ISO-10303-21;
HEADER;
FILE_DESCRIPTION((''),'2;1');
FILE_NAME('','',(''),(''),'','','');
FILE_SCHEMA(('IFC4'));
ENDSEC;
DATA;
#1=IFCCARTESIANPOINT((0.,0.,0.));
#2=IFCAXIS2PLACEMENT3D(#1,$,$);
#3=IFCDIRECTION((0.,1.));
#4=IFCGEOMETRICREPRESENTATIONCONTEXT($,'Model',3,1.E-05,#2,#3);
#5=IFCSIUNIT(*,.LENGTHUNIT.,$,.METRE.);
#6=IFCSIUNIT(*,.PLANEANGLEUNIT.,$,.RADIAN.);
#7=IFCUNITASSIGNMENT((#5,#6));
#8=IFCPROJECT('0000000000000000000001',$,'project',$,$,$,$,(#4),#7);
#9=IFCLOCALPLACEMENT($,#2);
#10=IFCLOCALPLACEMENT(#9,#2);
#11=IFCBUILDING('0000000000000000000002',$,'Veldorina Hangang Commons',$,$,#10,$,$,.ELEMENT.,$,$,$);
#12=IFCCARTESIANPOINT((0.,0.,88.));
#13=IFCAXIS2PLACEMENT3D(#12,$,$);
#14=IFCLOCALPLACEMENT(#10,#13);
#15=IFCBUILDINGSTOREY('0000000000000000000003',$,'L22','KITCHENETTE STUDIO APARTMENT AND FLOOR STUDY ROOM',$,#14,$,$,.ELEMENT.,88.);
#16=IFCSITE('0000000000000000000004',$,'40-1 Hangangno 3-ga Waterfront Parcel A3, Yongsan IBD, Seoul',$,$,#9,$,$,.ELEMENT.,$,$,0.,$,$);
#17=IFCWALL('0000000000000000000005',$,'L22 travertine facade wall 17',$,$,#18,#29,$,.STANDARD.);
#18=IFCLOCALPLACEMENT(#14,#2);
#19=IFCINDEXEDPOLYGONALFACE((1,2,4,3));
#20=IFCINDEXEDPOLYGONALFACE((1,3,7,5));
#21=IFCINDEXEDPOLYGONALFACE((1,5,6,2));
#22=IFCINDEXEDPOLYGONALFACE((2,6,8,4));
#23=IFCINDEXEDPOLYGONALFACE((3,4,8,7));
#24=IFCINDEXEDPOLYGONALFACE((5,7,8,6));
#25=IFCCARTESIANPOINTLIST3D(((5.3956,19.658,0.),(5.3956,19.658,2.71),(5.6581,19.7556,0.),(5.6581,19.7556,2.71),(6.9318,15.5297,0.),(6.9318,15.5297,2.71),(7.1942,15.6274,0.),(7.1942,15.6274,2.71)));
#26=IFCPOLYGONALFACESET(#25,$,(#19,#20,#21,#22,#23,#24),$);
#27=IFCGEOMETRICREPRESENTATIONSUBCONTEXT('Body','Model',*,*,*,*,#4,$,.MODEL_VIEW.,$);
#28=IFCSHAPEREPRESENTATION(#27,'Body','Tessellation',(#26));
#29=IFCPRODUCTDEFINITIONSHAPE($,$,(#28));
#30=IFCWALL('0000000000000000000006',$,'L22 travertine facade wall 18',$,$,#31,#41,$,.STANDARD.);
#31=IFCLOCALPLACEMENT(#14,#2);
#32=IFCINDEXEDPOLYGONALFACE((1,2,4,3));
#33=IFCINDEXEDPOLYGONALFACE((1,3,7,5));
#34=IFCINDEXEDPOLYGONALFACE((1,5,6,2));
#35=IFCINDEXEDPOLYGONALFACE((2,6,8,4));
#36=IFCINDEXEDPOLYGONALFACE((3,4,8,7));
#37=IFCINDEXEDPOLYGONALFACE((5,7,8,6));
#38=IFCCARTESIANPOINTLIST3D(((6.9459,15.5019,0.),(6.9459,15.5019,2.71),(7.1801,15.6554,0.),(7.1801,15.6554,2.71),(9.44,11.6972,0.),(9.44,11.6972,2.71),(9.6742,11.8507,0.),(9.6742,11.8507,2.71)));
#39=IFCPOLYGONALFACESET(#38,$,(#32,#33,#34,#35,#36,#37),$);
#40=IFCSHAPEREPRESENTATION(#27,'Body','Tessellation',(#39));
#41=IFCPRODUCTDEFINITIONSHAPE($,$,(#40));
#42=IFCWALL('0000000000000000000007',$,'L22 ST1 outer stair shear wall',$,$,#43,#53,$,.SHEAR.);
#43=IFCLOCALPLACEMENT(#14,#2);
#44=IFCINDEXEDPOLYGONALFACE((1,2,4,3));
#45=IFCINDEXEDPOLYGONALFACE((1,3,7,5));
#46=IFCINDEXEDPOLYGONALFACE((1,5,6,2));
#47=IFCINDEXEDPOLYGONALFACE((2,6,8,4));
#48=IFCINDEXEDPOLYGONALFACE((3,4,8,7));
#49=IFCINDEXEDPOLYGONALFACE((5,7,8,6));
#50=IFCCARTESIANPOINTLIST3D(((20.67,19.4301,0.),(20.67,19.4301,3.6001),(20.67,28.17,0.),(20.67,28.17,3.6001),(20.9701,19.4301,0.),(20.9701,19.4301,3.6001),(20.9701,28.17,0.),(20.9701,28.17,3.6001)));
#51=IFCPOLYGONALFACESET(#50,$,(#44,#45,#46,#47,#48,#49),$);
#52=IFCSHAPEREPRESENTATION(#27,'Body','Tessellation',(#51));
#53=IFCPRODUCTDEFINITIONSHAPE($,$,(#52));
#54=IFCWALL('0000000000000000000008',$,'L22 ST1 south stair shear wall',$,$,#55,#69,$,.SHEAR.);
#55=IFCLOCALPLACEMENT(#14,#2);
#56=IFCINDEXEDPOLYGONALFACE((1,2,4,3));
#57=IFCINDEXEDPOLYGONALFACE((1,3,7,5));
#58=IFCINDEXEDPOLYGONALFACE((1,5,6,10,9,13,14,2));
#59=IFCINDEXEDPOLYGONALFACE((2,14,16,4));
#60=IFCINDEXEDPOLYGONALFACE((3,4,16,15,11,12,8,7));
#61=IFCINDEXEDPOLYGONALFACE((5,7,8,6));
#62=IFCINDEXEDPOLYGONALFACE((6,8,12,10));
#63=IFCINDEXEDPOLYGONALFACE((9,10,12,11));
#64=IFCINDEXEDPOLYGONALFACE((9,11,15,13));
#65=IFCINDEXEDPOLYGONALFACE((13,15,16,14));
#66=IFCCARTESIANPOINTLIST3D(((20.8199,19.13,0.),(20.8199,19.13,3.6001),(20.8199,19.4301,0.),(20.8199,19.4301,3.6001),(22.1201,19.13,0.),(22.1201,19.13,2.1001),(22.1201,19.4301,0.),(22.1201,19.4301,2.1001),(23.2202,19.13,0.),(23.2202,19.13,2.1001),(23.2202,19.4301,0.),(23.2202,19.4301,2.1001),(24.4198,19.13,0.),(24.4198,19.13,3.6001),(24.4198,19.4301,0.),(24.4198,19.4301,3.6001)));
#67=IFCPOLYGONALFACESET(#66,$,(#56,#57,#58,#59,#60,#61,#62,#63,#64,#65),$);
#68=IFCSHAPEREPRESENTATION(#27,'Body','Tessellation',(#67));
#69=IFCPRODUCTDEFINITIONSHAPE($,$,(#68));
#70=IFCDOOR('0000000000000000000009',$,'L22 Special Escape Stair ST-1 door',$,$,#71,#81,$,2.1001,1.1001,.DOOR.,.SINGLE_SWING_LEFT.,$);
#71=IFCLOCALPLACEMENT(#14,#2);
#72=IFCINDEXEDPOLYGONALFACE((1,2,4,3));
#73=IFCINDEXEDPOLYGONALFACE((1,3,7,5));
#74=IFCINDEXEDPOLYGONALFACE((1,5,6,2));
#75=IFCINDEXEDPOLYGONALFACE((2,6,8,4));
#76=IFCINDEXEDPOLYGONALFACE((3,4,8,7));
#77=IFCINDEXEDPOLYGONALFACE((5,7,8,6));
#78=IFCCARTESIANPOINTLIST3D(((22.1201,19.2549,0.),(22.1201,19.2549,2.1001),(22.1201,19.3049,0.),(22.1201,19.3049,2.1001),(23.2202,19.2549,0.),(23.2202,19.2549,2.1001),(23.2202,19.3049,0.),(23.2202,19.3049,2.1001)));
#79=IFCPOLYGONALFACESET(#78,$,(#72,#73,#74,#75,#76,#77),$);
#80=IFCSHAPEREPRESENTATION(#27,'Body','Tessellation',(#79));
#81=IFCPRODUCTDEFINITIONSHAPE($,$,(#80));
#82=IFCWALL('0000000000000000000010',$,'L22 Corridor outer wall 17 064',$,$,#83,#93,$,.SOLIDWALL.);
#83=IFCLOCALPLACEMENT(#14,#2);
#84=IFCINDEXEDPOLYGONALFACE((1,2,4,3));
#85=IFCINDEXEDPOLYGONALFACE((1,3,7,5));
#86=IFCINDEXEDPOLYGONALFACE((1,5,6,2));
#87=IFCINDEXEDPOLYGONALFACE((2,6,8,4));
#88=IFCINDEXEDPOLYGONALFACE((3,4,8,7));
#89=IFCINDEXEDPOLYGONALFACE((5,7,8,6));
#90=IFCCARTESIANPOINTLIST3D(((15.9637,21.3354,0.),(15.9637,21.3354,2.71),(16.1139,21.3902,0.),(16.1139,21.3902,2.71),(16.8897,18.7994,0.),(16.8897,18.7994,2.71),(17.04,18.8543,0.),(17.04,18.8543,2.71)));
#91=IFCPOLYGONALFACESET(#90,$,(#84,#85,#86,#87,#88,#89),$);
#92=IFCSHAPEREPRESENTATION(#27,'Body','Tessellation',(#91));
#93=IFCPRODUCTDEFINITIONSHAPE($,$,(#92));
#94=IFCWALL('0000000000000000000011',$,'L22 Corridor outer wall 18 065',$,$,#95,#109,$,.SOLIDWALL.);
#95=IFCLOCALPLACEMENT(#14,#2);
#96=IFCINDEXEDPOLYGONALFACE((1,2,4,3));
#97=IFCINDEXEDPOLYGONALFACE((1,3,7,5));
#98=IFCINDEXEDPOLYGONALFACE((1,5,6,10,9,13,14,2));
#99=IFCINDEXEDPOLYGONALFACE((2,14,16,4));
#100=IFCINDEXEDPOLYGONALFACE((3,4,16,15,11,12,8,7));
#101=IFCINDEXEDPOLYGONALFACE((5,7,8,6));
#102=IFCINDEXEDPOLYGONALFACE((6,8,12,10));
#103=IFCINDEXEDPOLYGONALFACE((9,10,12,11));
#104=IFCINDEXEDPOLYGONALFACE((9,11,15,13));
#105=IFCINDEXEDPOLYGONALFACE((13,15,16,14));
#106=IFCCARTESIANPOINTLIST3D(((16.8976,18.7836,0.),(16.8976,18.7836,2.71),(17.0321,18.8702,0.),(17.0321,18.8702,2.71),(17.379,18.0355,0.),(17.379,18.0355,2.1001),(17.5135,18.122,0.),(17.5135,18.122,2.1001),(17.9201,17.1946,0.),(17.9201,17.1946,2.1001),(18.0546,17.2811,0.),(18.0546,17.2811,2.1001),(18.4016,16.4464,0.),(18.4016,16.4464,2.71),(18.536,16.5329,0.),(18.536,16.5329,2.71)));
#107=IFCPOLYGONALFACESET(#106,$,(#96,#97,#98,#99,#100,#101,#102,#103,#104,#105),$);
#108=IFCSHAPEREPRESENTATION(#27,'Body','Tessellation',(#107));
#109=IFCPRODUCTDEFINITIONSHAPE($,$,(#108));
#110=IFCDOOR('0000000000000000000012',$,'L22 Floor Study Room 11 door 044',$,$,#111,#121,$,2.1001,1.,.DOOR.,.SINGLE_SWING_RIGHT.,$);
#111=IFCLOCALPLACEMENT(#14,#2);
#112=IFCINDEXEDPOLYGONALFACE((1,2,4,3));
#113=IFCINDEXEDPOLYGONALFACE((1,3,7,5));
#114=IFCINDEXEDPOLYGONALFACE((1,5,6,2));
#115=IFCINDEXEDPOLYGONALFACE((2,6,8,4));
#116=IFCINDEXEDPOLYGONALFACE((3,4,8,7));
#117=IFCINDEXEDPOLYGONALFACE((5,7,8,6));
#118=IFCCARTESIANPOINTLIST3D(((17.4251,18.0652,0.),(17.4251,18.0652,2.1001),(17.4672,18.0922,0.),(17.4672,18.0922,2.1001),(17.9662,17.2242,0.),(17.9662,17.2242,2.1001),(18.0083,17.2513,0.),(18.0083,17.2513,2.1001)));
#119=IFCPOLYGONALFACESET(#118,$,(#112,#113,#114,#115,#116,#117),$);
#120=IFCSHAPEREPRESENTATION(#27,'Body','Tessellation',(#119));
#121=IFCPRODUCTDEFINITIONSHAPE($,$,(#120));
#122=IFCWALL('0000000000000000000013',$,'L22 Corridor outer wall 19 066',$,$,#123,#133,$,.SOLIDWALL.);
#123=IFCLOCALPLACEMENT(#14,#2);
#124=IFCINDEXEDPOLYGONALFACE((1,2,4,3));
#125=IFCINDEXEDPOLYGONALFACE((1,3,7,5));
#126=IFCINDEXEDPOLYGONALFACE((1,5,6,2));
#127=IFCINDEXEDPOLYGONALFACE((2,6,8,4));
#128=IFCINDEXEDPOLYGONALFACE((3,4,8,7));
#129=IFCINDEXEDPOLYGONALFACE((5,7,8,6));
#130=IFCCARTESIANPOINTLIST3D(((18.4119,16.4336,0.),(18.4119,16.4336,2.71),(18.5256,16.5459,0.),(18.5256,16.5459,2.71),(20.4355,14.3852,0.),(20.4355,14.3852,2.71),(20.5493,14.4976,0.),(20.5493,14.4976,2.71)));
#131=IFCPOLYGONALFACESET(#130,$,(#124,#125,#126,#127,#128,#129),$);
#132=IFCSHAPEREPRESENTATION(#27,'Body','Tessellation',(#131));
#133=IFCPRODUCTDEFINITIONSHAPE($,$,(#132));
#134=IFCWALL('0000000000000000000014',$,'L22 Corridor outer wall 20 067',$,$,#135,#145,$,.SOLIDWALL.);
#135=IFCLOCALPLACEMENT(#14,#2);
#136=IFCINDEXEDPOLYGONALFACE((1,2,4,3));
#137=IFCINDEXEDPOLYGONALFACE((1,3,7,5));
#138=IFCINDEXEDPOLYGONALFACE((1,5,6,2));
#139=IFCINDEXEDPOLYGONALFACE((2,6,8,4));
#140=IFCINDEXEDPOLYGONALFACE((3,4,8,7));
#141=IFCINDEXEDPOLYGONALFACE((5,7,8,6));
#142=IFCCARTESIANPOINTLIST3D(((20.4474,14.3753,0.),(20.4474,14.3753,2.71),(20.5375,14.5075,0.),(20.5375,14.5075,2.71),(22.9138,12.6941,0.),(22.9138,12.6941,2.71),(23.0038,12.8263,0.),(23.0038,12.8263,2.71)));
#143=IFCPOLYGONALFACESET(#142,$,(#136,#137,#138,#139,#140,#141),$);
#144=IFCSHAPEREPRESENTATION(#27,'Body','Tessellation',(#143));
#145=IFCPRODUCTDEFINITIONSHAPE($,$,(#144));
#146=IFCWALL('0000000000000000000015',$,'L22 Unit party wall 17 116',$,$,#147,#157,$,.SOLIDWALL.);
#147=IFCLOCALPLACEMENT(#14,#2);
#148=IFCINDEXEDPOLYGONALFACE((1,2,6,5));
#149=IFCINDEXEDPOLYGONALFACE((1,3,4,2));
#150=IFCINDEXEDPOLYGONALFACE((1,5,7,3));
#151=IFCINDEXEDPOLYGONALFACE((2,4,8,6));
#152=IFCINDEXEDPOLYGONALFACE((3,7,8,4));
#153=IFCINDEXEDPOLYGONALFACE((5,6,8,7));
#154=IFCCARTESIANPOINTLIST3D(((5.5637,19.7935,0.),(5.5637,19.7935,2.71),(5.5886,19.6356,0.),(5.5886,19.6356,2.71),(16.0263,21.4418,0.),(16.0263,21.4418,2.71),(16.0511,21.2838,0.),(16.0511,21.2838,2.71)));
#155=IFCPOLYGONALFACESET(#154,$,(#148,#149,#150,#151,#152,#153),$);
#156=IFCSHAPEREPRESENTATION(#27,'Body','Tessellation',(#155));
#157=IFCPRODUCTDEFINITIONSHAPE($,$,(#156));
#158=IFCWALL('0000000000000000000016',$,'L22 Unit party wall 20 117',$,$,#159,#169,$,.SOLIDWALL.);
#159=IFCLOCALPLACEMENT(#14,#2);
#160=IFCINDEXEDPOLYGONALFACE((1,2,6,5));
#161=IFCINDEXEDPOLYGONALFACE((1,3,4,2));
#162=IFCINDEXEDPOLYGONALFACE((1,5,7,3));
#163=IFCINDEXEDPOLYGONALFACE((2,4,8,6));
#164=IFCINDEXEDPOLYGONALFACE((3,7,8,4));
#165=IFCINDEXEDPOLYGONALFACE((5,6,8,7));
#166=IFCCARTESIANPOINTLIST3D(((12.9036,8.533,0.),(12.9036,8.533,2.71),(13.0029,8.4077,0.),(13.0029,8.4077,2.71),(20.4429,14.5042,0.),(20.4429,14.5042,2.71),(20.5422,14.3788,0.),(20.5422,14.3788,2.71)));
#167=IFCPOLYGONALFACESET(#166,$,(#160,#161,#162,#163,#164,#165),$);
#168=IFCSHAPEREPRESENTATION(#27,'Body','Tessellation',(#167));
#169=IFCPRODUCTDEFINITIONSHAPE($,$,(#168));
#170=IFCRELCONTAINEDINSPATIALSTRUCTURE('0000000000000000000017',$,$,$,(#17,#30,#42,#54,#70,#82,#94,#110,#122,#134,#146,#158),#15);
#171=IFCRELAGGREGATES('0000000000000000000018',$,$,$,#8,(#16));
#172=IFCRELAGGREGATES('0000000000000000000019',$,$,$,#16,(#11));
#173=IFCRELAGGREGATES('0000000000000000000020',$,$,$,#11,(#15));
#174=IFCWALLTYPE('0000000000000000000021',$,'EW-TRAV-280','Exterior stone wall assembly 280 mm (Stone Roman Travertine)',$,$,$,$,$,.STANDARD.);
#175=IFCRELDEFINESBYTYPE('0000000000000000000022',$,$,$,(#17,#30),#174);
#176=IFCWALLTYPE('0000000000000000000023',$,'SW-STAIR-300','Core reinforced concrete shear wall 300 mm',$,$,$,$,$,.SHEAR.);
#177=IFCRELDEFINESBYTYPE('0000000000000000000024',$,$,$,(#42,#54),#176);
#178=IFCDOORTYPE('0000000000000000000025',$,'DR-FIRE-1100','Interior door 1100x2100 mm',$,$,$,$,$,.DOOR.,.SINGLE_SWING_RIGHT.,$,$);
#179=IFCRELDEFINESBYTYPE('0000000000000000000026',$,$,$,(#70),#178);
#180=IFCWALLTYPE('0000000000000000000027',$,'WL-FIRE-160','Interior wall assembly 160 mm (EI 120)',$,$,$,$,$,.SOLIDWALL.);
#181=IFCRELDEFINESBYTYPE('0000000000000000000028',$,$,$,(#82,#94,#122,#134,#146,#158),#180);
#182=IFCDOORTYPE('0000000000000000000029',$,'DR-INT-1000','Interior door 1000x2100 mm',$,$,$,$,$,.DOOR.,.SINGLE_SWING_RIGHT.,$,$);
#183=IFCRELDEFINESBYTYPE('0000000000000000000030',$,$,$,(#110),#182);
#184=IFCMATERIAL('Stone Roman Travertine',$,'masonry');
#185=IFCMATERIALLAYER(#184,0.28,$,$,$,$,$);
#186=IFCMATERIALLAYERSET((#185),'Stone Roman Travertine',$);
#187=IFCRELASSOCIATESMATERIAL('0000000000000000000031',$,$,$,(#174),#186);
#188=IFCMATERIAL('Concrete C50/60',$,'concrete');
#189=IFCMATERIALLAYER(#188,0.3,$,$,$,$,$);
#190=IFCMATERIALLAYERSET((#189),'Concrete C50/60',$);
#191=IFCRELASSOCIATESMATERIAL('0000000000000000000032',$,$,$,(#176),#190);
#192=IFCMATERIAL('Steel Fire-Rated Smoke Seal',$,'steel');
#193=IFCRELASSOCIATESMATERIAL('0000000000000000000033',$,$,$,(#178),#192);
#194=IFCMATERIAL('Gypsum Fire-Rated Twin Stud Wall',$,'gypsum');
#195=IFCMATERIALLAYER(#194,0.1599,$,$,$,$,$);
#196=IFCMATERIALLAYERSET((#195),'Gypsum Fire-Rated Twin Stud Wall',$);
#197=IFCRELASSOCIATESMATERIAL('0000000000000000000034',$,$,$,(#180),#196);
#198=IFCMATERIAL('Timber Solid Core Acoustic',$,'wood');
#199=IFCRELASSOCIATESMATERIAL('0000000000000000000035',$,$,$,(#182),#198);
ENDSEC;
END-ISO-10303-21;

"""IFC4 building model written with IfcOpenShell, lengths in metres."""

from ifc_helpers import new_model, si_unit, direction, frame, frame_2d, origin, place, context, subcontext, project, spatial, rectangle, extrude, material, layer, layer_set, type_object, element, fill, save


model = new_model("IFC4")

# Units and contexts
model_context = context("Model", 3, precision=1e-05, world=origin(), true_north=direction((0.0, 1.0)))
body_context = subcontext(model_context, "Body", "Model", "MODEL_VIEW")
ifc_project = project(units=[si_unit("LENGTHUNIT", "METRE"), si_unit("PLANEANGLEUNIT", "RADIAN")], contexts=[model_context])

# Site, building, storey
site_placement = place(None, origin())
site = spatial("IfcSite", under=ifc_project, at=site_placement, Name="40-1 Hangangno 3-ga Waterfront Parcel A3, Yongsan IBD, Seoul", CompositionType="ELEMENT", RefElevation=0.0)
building_placement = place(site_placement, origin())
building = spatial("IfcBuilding", under=site, at=building_placement, Name="Veldorina Hangang Commons", CompositionType="ELEMENT")
storey_placement = place(building_placement, frame((0.0, 0.0, 88.0)))
storey = spatial("IfcBuildingStorey", under=building, at=storey_placement, Name="L22", Description="KITCHENETTE STUDIO APARTMENT AND FLOOR STUDY ROOM", CompositionType="ELEMENT", Elevation=88.0)

# Walls
ifc_material_1 = material(Name="Stone Roman Travertine", Category="masonry")
ifc_layer_1 = layer(ifc_material_1, 0.28)
ifc_layer_set_1 = layer_set([ifc_layer_1], Name="Stone Roman Travertine")
wall_type_1 = type_object("IfcWallType", Name="EW-TRAV-280", Description="Exterior stone wall assembly 280 mm (Stone Roman Travertine)", PredefinedType="STANDARD", material=ifc_layer_set_1)
wall_1_placement = place(storey_placement, frame((5.5269, 19.7068, 0.0), z_axis=(0.0, 0.0, 1.0), x_axis=(0.348747, -0.937217, 0.0)))
element("IfcWall", 1, at=wall_1_placement, inside=storey, type_object=wall_type_1, Name="L22 travertine facade wall 17", PredefinedType="STANDARD", context=body_context, shape_type="SweptSolid", body=[
    extrude(rectangle(XDim=4.4048, YDim=0.28, at=frame_2d((2.2024, 0.0))), origin(), (0.0, 0.0, 1.0), 2.71),
])
wall_2_placement = place(storey_placement, frame((7.063, 15.5786, 0.0), z_axis=(0.0, 0.0, 1.0), x_axis=(0.548244, -0.836319, 0.0)))
element("IfcWall", 2, at=wall_2_placement, inside=storey, type_object=wall_type_1, Name="L22 travertine facade wall 18", PredefinedType="STANDARD", context=body_context, shape_type="SweptSolid", body=[
    extrude(rectangle(XDim=4.5493, YDim=0.28, at=frame_2d((2.2747, 0.0))), origin(), (0.0, 0.0, 1.0), 2.71),
])
ifc_material_2 = material(Name="Concrete C50/60", Category="concrete")
ifc_layer_2 = layer(ifc_material_2, 0.3)
ifc_layer_set_2 = layer_set([ifc_layer_2], Name="Concrete C50/60")
wall_type_2 = type_object("IfcWallType", Name="SW-STAIR-300", Description="Core reinforced concrete shear wall 300 mm", PredefinedType="SHEAR", material=ifc_layer_set_2)
wall_3_placement = place(storey_placement, frame((20.8201, 19.4299, 0.0), z_axis=(0.0, 0.0, 1.0), x_axis=(0.0, 1.0, 0.0)))
element("IfcWall", 3, at=wall_3_placement, inside=storey, type_object=wall_type_2, Name="L22 ST1 outer stair shear wall", PredefinedType="SHEAR", context=body_context, shape_type="SweptSolid", body=[
    extrude(rectangle(XDim=8.74, YDim=0.3, at=frame_2d((4.3701, 0.0))), origin(), (0.0, 0.0, 1.0), 3.6001),
])

# Wall, opening, door
wall_4_placement = place(storey_placement, frame((20.8201, 19.28, 0.0), z_axis=(0.0, 0.0, 1.0), x_axis=(1.0, 0.0, 0.0)))
wall_4 = element("IfcWall", 4, at=wall_4_placement, inside=storey, type_object=wall_type_2, Name="L22 ST1 south stair shear wall", PredefinedType="SHEAR", context=body_context, shape_type="SweptSolid", body=[
    extrude(rectangle(XDim=3.5999, YDim=0.3, at=frame_2d((1.7998, 0.0))), origin(), (0.0, 0.0, 1.0), 3.6001),
])
opening_1_placement = place(wall_4_placement, frame((1.3, 0.0, 0.0)))
opening_1 = element("IfcOpeningElement", 5, at=opening_1_placement, cuts=wall_4, PredefinedType="OPENING", context=body_context, shape_type="SweptSolid", body=[
    extrude(rectangle(XDim=1.1001, YDim=2.1001, at=frame_2d((0.55, 1.05))), frame((0.0, 0.1602, 0.0), z_axis=(0.0, -1.0, 0.0), x_axis=(1.0, 0.0, 0.0)), (0.0, 0.0, 1.0), 0.3201),
])
ifc_material_3 = material(Name="Steel Fire-Rated Smoke Seal", Category="steel")
door_type_1 = type_object("IfcDoorType", Name="DR-FIRE-1100", Description="Interior door 1100x2100 mm", OperationType="SINGLE_SWING_RIGHT", PredefinedType="DOOR", material=ifc_material_3)
door_1_placement = place(opening_1_placement, origin())
door_1 = element("IfcDoor", 6, at=door_1_placement, inside=storey, type_object=door_type_1, Name="L22 Special Escape Stair ST-1 door", OperationType="SINGLE_SWING_LEFT", OverallHeight=2.1001, OverallWidth=1.1001, PredefinedType="DOOR", context=body_context, shape_type="SweptSolid", body=[
    extrude(rectangle(XDim=1.1001, YDim=2.1001, at=frame_2d((0.55, 1.05))), frame((0.0, 0.0249, 0.0), z_axis=(0.0, -1.0, 0.0), x_axis=(1.0, 0.0, 0.0)), (0.0, 0.0, 1.0), 0.05),
])
fill(opening_1, door_1)

# Wall
ifc_material_4 = material(Name="Gypsum Fire-Rated Twin Stud Wall", Category="gypsum")
ifc_layer_3 = layer(ifc_material_4, 0.1599)
ifc_layer_set_3 = layer_set([ifc_layer_3], Name="Gypsum Fire-Rated Twin Stud Wall")
wall_type_3 = type_object("IfcWallType", Name="WL-FIRE-160", Description="Interior wall assembly 160 mm (EI 120)", PredefinedType="SOLIDWALL", material=ifc_layer_set_3)
wall_5_placement = place(storey_placement, frame((16.0388, 21.3628, 0.0), z_axis=(0.0, 0.0, 1.0), x_axis=(0.343013, -0.93933, 0.0)))
element("IfcWall", 7, at=wall_5_placement, inside=storey, type_object=wall_type_3, Name="L22 Corridor outer wall 17 064", PredefinedType="SOLIDWALL", context=body_context, shape_type="SweptSolid", body=[
    extrude(rectangle(XDim=2.6997, YDim=0.1599, at=frame_2d((1.3499, 0.0))), origin(), (0.0, 0.0, 1.0), 2.71),
])

# Wall, opening, door
wall_6_placement = place(storey_placement, frame((16.9648, 18.8269, 0.0), z_axis=(0.0, 0.0, 1.0), x_axis=(0.541126, -0.840941, 0.0)))
wall_6 = element("IfcWall", 8, at=wall_6_placement, inside=storey, type_object=wall_type_3, Name="L22 Corridor outer wall 18 065", PredefinedType="SOLIDWALL", context=body_context, shape_type="SweptSolid", body=[
    extrude(rectangle(XDim=2.7793, YDim=0.1599, at=frame_2d((1.3896, 0.0))), origin(), (0.0, 0.0, 1.0), 2.71),
])
opening_2_placement = place(wall_6_placement, frame((0.8896, 0.0, 0.0)))
opening_2 = element("IfcOpeningElement", 9, at=opening_2_placement, cuts=wall_6, PredefinedType="OPENING", context=body_context, shape_type="SweptSolid", body=[
    extrude(rectangle(XDim=1.0, YDim=2.1001, at=frame_2d((0.5, 1.05))), frame((0.0, 0.0898, 0.0), z_axis=(0.0, -1.0, 0.0), x_axis=(1.0, 0.0, 0.0)), (0.0, 0.0, 1.0), 0.1799),
])
ifc_material_5 = material(Name="Timber Solid Core Acoustic", Category="wood")
door_type_2 = type_object("IfcDoorType", Name="DR-INT-1000", Description="Interior door 1000x2100 mm", OperationType="SINGLE_SWING_RIGHT", PredefinedType="DOOR", material=ifc_material_5)
door_2_placement = place(opening_2_placement, origin())
door_2 = element("IfcDoor", 10, at=door_2_placement, inside=storey, type_object=door_type_2, Name="L22 Floor Study Room 11 door 044", OperationType="SINGLE_SWING_RIGHT", OverallHeight=2.1001, OverallWidth=1.0, PredefinedType="DOOR", context=body_context, shape_type="SweptSolid", body=[
    extrude(rectangle(XDim=1.0, YDim=2.1001, at=frame_2d((0.5, 1.05))), frame((0.0, 0.0249, 0.0), z_axis=(0.0, -1.0, 0.0), x_axis=(1.0, 0.0, 0.0)), (0.0, 0.0, 1.0), 0.05),
])
fill(opening_2, door_2)

# Walls
wall_7_placement = place(storey_placement, frame((18.4688, 16.4897, 0.0), z_axis=(0.0, 0.0, 1.0), x_axis=(0.702812, -0.711376, 0.0)))
element("IfcWall", 11, at=wall_7_placement, inside=storey, type_object=wall_type_3, Name="L22 Corridor outer wall 19 066", PredefinedType="SOLIDWALL", context=body_context, shape_type="SweptSolid", body=[
    extrude(rectangle(XDim=2.8794, YDim=0.1599, at=frame_2d((1.4397, 0.0))), origin(), (0.0, 0.0, 1.0), 2.71),
])
wall_8_placement = place(storey_placement, frame((20.4924, 14.4414, 0.0), z_axis=(0.0, 0.0, 1.0), x_axis=(0.826293, -0.56324, 0.0)))
element("IfcWall", 12, at=wall_8_placement, inside=storey, type_object=wall_type_3, Name="L22 Corridor outer wall 20 067", PredefinedType="SOLIDWALL", context=body_context, shape_type="SweptSolid", body=[
    extrude(rectangle(XDim=2.9849, YDim=0.1599, at=frame_2d((1.4924, 0.0))), origin(), (0.0, 0.0, 1.0), 2.71),
])
wall_9_placement = place(storey_placement, frame((16.0388, 21.3628, 0.0), z_axis=(0.0, 0.0, 1.0), x_axis=(-0.987818, -0.155616, 0.0)))
element("IfcWall", 13, at=wall_9_placement, inside=storey, type_object=wall_type_3, Name="L22 Unit party wall 17 116", PredefinedType="SOLIDWALL", context=body_context, shape_type="SweptSolid", body=[
    extrude(rectangle(XDim=10.5916, YDim=0.1599, at=frame_2d((5.2959, 0.0))), origin(), (0.0, 0.0, 1.0), 2.71),
])
wall_10_placement = place(storey_placement, frame((20.4924, 14.4414, 0.0), z_axis=(0.0, 0.0, 1.0), x_axis=(-0.783916, -0.620867, 0.0)))
element("IfcWall", 14, at=wall_10_placement, inside=storey, type_object=wall_type_3, Name="L22 Unit party wall 20 117", PredefinedType="SOLIDWALL", context=body_context, shape_type="SweptSolid", body=[
    extrude(rectangle(XDim=9.6174, YDim=0.1599, at=frame_2d((4.8086, 0.0))), origin(), (0.0, 0.0, 1.0), 2.71),
])

save(model, "model.ifc")
